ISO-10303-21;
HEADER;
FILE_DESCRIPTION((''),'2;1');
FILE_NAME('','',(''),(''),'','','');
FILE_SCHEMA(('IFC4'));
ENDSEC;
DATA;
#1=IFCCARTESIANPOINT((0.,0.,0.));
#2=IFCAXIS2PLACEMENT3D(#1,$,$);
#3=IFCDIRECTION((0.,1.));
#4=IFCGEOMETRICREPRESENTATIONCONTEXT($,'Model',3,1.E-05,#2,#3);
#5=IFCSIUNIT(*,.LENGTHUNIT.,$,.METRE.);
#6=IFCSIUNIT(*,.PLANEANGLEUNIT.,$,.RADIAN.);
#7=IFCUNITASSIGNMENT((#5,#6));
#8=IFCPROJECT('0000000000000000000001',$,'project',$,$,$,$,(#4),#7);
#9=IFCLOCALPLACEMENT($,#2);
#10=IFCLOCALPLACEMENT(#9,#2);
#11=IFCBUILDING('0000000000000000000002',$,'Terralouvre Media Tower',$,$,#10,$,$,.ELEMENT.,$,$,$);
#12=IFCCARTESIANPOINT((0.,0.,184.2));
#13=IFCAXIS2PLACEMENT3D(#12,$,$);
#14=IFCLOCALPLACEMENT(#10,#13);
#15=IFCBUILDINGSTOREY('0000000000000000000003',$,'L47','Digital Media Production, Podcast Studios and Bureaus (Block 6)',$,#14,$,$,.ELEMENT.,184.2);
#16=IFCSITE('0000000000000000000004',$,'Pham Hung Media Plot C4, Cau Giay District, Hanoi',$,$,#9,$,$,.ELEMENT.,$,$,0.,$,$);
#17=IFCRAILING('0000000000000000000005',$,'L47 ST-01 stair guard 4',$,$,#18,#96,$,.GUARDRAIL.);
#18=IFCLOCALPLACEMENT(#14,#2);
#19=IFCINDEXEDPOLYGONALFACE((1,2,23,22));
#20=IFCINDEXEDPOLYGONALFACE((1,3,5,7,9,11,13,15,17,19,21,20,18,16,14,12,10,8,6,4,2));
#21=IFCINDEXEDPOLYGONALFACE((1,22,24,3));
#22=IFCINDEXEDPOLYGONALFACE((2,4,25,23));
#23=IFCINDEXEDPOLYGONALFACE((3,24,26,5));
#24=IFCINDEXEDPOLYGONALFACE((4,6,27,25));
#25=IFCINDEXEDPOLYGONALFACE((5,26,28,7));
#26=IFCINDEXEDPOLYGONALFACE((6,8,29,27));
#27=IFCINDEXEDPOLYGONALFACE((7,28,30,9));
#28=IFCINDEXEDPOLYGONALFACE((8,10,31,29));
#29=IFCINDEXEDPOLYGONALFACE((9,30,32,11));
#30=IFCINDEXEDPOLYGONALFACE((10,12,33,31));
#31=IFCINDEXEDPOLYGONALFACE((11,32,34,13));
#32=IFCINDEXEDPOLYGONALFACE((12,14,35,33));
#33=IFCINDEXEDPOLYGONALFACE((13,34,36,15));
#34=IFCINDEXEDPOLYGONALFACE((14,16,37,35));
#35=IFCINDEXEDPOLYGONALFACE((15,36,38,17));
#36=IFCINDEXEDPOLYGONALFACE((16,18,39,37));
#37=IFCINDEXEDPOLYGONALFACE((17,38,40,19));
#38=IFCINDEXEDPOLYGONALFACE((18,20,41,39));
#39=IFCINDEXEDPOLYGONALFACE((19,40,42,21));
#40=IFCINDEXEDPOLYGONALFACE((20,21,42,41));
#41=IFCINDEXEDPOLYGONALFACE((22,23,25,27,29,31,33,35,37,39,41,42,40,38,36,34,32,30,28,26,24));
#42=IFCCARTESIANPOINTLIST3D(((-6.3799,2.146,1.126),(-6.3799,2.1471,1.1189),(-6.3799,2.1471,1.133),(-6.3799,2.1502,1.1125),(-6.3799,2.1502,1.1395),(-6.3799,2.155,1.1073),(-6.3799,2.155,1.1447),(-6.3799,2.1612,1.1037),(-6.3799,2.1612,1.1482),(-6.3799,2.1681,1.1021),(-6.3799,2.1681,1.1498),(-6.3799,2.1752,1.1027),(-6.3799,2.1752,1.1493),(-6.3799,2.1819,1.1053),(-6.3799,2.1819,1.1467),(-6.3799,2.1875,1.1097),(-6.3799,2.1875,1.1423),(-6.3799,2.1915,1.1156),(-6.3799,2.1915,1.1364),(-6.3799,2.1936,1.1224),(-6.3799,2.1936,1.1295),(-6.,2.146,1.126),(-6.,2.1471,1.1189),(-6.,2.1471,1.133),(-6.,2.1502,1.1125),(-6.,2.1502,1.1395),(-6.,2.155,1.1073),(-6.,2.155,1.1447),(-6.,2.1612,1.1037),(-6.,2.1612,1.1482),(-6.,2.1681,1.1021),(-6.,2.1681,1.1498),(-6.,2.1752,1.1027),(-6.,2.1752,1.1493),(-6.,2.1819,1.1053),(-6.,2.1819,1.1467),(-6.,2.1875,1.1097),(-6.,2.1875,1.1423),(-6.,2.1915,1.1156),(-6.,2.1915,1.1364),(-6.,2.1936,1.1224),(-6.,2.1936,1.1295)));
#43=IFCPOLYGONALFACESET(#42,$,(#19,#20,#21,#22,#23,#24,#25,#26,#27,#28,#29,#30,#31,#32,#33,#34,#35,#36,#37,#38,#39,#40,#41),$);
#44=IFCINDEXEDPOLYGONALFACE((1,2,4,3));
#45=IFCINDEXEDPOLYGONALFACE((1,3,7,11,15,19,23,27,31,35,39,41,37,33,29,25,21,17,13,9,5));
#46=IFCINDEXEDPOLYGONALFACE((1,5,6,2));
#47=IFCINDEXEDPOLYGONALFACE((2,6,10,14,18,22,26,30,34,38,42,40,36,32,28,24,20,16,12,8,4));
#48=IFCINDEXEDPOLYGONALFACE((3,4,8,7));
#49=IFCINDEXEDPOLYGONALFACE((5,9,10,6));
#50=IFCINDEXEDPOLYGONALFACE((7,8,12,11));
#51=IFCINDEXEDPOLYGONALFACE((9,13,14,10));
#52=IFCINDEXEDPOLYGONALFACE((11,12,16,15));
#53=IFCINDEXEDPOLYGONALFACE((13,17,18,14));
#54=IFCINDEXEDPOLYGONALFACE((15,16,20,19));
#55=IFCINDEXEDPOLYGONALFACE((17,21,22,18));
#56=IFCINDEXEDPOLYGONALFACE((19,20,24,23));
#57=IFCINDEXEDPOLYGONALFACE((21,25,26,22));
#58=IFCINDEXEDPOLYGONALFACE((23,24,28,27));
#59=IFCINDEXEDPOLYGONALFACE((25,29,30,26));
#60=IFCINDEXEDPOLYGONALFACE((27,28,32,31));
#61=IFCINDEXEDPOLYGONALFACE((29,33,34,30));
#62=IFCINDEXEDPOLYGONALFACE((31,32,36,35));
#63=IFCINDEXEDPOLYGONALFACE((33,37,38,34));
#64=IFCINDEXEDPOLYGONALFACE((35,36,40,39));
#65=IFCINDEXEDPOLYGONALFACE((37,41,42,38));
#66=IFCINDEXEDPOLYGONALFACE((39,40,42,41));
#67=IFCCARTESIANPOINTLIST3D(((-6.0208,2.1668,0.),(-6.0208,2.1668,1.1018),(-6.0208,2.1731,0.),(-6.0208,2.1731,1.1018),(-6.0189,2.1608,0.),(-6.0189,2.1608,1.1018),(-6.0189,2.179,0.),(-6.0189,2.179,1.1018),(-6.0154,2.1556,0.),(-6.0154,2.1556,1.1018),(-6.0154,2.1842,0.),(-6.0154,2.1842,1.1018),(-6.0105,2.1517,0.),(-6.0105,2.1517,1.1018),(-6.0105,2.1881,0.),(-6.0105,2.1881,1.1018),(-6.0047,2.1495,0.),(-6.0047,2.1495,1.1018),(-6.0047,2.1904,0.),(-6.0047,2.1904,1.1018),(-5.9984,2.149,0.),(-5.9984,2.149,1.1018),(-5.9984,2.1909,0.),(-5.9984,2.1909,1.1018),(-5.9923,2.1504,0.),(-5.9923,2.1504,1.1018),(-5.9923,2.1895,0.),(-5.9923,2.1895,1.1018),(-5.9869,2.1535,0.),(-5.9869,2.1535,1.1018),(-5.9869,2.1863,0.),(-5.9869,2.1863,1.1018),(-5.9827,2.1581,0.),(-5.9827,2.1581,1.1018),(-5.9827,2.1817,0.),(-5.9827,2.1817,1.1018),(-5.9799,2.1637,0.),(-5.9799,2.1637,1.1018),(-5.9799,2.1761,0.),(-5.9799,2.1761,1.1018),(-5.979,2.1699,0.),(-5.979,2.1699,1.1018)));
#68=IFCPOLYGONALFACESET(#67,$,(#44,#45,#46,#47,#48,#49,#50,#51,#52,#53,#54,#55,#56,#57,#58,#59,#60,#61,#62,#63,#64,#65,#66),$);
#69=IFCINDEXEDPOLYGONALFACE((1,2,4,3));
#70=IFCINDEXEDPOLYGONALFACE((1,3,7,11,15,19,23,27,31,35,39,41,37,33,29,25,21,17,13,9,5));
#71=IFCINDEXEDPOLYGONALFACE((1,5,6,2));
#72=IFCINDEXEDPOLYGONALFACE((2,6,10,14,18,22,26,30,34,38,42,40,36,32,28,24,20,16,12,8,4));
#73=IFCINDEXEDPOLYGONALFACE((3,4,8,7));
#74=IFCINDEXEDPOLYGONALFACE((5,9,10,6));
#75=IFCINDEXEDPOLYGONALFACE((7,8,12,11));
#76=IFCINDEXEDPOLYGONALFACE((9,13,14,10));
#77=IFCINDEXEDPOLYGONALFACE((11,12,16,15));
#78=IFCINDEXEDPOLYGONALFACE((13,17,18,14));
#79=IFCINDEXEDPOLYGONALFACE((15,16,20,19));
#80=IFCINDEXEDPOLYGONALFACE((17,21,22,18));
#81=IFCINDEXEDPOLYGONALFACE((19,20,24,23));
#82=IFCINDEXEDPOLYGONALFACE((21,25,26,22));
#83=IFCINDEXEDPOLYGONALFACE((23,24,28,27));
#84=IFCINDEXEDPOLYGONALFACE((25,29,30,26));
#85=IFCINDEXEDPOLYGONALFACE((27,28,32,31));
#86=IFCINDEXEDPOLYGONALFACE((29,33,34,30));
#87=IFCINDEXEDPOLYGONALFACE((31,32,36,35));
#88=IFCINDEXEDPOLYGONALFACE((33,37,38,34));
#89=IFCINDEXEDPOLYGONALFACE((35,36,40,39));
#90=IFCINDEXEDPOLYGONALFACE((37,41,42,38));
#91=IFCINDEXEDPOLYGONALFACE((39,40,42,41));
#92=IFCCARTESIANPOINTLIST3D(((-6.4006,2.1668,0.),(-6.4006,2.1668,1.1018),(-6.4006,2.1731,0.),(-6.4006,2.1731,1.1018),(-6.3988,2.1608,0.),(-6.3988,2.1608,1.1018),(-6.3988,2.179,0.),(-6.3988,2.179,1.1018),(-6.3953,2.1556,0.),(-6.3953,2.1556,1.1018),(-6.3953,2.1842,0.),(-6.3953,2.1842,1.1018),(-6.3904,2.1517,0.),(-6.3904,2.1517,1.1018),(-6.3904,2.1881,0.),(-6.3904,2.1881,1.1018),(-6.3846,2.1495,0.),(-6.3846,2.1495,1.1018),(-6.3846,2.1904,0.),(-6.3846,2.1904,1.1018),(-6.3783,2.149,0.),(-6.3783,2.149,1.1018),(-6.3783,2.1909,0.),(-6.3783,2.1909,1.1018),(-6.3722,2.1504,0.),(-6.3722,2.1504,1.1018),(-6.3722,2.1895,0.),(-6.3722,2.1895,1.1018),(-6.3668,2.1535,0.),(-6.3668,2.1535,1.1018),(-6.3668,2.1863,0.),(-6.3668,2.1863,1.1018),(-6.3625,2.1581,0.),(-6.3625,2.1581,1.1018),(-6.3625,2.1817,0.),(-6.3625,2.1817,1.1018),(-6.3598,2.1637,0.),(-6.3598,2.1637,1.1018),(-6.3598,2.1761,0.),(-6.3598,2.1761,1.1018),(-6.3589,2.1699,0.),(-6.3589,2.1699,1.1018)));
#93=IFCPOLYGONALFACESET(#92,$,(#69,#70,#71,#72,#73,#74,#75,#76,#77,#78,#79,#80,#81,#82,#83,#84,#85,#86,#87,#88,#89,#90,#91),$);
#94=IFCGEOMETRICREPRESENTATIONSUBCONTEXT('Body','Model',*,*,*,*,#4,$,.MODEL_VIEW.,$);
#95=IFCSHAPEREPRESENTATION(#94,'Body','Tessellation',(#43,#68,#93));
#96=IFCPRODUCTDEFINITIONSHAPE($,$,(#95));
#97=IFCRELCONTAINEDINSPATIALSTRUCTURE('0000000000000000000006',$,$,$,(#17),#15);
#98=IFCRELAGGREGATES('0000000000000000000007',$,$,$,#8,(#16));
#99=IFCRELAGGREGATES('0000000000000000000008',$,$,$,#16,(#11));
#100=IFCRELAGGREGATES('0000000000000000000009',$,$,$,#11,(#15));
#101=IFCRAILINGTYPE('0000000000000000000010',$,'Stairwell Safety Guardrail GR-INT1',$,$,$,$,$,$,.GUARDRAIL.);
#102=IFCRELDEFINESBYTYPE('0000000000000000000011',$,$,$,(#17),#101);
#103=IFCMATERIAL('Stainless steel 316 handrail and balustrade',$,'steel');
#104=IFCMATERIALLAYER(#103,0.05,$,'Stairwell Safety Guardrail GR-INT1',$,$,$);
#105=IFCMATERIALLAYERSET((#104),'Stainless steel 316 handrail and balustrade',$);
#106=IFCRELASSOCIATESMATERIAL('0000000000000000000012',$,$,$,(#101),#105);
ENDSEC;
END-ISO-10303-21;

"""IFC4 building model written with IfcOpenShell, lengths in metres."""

from ifc_helpers import new_model, si_unit, direction, frame, origin, origin_2d, place, context, subcontext, project, spatial, circle, extrude, material, layer, layer_set, type_object, element, save


model = new_model("IFC4")

# Units and contexts
model_context = context("Model", 3, precision=1e-05, world=origin(), true_north=direction((0.0, 1.0)))
body_context = subcontext(model_context, "Body", "Model", "MODEL_VIEW")
ifc_project = project(units=[si_unit("LENGTHUNIT", "METRE"), si_unit("PLANEANGLEUNIT", "RADIAN")], contexts=[model_context])

# Site, building, storey
site_placement = place(None, origin())
site = spatial("IfcSite", under=ifc_project, at=site_placement, Name="Pham Hung Media Plot C4, Cau Giay District, Hanoi", CompositionType="ELEMENT", RefElevation=0.0)
building_placement = place(site_placement, origin())
building = spatial("IfcBuilding", under=site, at=building_placement, Name="Terralouvre Media Tower", CompositionType="ELEMENT")
storey_placement = place(building_placement, frame((0.0, 0.0, 184.2)))
storey = spatial("IfcBuildingStorey", under=building, at=storey_placement, Name="L47", Description="Digital Media Production, Podcast Studios and Bureaus (Block 6)", CompositionType="ELEMENT", Elevation=184.2)

# Railing
ifc_material_1 = material(Name="Stainless steel 316 handrail and balustrade", Category="steel")
ifc_layer_1 = layer(ifc_material_1, 0.05, Name="Stairwell Safety Guardrail GR-INT1")
ifc_layer_set_1 = layer_set([ifc_layer_1], Name="Stainless steel 316 handrail and balustrade")
railing_type_1 = type_object("IfcRailingType", Name="Stairwell Safety Guardrail GR-INT1", PredefinedType="GUARDRAIL", material=ifc_layer_set_1)
railing_1_placement = place(storey_placement, frame((-6.0, 2.1699, 0.0)))
element("IfcRailing", 1, at=railing_1_placement, inside=storey, type_object=railing_type_1, Name="L47 ST-01 stair guard 4", PredefinedType="GUARDRAIL", context=body_context, shape_type="SweptSolid", body=[
    extrude(circle(Radius=0.0239, at=origin_2d()), frame((0.0, 0.0, 1.126), z_axis=(-1.0, 0.0, 0.0), x_axis=(0.0, -1.0, 0.0)), (0.0, 0.0, 1.0), 0.3799),
    extrude(circle(Radius=0.021, at=origin_2d()), origin(), (0.0, 0.0, 1.0), 1.1018),
    extrude(circle(Radius=0.021, at=origin_2d()), frame((-0.3799, 0.0, 0.0)), (0.0, 0.0, 1.0), 1.1018),
])

save(model, "model.ifc")
